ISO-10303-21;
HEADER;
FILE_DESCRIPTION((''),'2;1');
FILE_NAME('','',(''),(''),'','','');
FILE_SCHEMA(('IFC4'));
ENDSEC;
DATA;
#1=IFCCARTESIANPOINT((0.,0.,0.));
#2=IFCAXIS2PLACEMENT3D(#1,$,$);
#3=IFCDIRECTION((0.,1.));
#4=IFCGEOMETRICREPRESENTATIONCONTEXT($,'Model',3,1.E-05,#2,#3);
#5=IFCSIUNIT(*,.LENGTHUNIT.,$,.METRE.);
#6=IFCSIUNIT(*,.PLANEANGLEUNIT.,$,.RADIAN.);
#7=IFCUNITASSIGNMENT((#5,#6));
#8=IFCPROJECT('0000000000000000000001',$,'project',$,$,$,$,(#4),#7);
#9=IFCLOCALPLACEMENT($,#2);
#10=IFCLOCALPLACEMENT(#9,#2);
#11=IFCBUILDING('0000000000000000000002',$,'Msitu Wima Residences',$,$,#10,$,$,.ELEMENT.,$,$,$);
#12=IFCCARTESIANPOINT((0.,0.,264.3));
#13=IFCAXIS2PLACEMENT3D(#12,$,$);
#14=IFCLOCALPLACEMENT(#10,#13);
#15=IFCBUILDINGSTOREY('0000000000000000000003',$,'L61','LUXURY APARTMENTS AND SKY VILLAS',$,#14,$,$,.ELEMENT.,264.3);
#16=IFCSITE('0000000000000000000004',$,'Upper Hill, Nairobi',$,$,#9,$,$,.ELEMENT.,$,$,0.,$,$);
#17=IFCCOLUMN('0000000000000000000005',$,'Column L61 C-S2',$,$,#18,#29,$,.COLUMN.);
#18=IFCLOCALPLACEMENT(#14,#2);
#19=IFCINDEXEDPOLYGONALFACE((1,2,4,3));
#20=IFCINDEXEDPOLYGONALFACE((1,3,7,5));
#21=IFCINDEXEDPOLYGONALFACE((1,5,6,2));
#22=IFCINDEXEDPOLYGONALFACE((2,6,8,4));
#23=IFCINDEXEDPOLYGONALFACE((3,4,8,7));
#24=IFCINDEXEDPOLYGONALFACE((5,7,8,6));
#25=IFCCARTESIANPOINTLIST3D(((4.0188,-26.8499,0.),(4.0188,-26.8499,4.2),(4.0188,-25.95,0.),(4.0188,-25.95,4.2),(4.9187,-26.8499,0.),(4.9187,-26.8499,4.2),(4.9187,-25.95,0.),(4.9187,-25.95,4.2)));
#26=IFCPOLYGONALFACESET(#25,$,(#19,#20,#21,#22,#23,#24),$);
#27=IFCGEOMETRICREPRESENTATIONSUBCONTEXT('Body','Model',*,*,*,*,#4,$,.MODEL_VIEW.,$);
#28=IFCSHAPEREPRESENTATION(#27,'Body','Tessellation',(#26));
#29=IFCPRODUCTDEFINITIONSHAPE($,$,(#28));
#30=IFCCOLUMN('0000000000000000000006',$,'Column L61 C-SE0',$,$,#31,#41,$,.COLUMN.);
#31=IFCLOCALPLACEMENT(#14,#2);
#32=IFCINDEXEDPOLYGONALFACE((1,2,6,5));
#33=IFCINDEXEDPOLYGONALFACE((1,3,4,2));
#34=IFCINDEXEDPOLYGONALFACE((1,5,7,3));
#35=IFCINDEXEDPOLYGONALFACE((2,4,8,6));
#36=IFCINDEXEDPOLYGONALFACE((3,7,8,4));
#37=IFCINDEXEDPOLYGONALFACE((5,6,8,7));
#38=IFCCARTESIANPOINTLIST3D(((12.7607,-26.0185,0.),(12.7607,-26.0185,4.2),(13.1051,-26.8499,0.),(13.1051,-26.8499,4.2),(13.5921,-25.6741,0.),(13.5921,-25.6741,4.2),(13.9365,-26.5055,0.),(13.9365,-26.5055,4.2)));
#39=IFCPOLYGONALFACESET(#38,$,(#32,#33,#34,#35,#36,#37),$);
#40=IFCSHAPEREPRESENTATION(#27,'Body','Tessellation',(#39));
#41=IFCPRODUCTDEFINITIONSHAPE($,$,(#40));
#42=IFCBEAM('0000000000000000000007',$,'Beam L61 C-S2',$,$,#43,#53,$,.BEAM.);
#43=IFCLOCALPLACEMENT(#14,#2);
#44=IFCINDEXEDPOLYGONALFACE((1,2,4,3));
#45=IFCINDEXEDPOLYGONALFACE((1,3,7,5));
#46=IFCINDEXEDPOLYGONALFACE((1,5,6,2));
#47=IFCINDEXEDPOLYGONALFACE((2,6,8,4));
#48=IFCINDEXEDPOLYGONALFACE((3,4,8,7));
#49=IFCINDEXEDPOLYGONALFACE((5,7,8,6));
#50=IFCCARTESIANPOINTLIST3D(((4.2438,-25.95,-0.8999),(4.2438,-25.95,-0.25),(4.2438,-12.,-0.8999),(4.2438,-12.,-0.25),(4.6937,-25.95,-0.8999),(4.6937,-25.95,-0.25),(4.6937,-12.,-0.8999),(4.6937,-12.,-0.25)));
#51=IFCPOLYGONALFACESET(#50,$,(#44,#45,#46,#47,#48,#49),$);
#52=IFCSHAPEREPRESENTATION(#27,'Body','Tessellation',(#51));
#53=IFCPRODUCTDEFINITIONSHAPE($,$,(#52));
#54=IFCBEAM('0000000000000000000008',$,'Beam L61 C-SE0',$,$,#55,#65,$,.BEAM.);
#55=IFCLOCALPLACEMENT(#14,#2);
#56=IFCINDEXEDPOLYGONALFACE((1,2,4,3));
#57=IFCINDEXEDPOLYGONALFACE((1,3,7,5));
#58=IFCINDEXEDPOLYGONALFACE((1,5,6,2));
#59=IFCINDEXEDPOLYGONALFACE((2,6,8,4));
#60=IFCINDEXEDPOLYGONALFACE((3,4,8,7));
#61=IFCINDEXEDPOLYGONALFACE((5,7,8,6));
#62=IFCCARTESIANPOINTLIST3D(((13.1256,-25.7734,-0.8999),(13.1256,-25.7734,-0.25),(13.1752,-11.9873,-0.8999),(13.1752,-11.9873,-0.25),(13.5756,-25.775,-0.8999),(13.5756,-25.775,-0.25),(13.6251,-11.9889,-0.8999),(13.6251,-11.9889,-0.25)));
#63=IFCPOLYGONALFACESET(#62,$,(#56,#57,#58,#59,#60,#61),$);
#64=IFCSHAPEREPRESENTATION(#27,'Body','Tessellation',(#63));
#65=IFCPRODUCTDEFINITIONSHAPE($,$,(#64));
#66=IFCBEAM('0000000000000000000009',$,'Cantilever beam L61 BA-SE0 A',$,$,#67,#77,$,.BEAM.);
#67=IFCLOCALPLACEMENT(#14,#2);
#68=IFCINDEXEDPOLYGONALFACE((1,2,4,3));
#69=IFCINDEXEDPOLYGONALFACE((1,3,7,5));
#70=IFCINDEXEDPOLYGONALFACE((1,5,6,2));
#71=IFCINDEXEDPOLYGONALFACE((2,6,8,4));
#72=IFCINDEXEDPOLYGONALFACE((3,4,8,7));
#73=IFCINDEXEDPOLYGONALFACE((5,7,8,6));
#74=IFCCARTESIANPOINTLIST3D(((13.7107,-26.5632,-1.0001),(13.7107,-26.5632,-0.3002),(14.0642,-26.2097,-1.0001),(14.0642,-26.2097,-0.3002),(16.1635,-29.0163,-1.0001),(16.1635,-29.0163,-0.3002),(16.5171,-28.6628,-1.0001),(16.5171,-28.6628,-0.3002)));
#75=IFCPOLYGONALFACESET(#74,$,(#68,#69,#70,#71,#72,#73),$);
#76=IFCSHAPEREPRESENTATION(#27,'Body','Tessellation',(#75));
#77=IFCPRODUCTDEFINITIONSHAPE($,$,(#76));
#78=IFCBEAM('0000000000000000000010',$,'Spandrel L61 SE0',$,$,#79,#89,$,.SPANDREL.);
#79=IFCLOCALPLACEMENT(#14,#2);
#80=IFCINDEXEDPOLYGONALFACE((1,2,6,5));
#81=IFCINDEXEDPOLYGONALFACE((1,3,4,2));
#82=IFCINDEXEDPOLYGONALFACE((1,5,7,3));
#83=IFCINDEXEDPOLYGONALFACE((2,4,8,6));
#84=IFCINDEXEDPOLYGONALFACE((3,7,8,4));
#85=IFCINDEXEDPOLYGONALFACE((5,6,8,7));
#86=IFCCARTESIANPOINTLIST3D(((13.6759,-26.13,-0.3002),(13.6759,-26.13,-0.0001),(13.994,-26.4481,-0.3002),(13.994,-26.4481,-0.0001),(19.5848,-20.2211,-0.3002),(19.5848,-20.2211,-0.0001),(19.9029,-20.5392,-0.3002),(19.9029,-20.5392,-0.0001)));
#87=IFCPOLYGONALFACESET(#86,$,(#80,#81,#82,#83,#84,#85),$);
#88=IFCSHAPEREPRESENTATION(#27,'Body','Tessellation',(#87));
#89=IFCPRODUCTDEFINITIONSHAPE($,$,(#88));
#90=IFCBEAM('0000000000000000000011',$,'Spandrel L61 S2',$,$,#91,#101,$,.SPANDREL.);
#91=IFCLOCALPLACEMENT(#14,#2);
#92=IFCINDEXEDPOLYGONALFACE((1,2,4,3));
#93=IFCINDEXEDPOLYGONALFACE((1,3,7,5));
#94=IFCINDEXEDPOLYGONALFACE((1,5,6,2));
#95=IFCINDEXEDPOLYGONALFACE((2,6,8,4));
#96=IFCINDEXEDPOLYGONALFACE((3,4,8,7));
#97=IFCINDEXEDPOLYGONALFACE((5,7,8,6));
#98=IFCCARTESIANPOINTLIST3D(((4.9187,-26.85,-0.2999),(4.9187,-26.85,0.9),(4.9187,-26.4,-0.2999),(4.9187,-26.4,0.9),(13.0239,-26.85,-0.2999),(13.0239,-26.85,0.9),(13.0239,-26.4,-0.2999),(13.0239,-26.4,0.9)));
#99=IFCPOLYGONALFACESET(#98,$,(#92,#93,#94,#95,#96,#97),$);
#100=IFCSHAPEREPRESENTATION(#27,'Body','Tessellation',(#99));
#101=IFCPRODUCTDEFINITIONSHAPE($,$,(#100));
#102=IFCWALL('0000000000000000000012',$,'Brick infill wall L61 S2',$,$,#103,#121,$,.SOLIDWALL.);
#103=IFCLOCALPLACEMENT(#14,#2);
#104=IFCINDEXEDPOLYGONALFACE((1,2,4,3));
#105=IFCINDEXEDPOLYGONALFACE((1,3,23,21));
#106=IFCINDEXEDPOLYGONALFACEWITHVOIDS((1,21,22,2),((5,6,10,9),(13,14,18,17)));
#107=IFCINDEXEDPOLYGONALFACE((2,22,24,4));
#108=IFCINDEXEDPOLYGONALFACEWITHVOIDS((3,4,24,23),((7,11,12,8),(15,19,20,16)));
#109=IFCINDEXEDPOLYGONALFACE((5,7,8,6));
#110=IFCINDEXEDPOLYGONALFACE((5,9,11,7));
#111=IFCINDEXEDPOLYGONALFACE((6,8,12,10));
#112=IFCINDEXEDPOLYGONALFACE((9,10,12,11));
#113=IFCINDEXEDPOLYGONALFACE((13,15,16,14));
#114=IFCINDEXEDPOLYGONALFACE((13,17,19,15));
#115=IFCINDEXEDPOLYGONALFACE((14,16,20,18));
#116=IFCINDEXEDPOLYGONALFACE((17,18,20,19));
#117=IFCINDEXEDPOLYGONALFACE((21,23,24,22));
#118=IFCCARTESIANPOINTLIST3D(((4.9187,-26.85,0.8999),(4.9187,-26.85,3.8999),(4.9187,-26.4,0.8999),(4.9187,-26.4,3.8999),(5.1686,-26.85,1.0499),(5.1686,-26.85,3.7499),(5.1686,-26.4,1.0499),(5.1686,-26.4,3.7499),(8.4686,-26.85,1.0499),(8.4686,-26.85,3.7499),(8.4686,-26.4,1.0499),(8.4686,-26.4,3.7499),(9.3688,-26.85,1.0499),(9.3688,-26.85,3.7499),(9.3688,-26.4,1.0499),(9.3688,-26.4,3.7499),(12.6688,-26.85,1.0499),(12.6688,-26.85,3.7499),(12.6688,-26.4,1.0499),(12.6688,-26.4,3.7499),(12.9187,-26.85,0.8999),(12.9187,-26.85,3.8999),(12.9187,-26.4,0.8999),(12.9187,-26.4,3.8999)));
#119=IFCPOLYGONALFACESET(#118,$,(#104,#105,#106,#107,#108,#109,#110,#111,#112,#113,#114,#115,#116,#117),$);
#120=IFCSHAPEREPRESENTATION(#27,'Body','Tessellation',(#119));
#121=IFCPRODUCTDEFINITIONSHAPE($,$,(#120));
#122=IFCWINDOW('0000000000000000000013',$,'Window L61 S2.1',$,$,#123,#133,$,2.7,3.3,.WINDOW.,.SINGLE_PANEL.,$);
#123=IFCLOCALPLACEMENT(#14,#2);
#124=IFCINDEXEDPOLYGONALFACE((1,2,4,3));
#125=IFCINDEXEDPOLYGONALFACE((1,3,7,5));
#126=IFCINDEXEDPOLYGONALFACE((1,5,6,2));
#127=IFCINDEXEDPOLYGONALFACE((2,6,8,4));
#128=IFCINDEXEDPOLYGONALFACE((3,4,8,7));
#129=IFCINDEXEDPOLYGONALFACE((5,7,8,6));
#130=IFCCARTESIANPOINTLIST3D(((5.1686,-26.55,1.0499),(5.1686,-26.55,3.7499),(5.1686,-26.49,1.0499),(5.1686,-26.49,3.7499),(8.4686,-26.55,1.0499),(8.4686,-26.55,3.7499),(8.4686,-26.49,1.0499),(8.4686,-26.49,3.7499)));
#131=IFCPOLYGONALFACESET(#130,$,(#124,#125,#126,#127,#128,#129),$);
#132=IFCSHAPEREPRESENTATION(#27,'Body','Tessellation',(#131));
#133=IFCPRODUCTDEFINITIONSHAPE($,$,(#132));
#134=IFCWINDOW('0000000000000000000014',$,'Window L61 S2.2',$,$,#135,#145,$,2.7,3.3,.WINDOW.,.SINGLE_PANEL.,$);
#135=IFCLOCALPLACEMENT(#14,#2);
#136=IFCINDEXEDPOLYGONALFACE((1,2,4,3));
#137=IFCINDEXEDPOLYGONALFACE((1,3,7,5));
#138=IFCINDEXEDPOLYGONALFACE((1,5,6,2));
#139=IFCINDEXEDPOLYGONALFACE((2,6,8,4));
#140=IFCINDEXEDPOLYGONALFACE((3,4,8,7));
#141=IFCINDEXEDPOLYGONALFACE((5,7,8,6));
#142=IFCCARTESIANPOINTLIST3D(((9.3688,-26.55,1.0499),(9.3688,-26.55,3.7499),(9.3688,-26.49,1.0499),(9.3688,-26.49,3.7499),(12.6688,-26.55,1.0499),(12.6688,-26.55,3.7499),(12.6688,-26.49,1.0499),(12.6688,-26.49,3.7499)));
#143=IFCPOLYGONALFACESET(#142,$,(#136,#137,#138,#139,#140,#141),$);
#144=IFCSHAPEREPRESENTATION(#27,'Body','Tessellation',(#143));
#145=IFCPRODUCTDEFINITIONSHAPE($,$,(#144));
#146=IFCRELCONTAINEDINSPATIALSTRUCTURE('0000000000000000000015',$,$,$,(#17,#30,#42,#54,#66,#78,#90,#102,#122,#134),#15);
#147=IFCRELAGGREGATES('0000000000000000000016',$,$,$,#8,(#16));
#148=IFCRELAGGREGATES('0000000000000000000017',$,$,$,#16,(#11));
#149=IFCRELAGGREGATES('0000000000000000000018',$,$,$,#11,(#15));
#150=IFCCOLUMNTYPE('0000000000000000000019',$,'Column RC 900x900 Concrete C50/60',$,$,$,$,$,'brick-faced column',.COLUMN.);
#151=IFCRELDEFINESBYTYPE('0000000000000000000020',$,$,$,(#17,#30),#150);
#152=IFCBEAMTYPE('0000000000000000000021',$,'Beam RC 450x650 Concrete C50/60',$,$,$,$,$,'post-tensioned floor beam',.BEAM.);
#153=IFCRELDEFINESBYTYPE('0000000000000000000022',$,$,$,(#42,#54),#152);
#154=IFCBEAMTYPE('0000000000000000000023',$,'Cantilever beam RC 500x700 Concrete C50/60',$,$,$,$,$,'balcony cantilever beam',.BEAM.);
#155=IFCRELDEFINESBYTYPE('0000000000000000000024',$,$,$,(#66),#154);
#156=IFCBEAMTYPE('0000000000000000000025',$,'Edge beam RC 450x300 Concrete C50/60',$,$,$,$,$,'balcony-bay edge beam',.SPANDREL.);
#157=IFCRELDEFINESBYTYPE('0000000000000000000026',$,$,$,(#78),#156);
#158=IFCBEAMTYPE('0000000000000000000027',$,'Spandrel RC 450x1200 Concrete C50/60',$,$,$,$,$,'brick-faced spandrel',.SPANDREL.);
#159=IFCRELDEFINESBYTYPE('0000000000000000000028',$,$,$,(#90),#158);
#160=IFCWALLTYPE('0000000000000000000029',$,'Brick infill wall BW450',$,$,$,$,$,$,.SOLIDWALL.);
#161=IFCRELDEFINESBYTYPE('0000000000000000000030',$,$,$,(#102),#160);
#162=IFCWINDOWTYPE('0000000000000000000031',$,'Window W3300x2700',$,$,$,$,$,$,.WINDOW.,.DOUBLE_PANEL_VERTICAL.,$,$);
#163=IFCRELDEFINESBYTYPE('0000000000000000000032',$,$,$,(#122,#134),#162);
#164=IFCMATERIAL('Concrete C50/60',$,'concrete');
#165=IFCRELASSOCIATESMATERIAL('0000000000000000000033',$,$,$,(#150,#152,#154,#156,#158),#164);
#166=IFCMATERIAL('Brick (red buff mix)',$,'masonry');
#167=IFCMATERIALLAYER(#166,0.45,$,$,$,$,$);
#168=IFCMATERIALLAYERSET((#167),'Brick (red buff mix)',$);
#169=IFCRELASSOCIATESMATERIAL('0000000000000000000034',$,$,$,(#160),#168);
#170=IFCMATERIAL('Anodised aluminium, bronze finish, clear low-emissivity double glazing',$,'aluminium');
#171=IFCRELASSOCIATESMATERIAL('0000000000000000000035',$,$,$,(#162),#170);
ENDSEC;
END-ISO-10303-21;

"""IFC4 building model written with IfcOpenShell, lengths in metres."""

from ifc_helpers import new_model, si_unit, direction, frame, frame_2d, origin, origin_2d, place, context, subcontext, project, spatial, rectangle, extrude, material, layer, layer_set, material_profile, profile_set, type_object, element, fill, save


model = new_model("IFC4")

# Units and contexts
model_context = context("Model", 3, precision=1e-05, world=origin(), true_north=direction((0.0, 1.0)))
body_context = subcontext(model_context, "Body", "Model", "MODEL_VIEW")
ifc_project = project(units=[si_unit("LENGTHUNIT", "METRE"), si_unit("PLANEANGLEUNIT", "RADIAN")], contexts=[model_context])

# Site, building, storey
site_placement = place(None, origin())
site = spatial("IfcSite", under=ifc_project, at=site_placement, Name="Upper Hill, Nairobi", CompositionType="ELEMENT", RefElevation=0.0)
building_placement = place(site_placement, origin())
building = spatial("IfcBuilding", under=site, at=building_placement, Name="Msitu Wima Residences", CompositionType="ELEMENT")
storey_placement = place(building_placement, frame((0.0, 0.0, 264.3)))
storey = spatial("IfcBuildingStorey", under=building, at=storey_placement, Name="L61", Description="LUXURY APARTMENTS AND SKY VILLAS", CompositionType="ELEMENT", Elevation=264.3)

# Columns
ifc_material_1 = material(Name="Concrete C50/60", Category="concrete")
ifc_material_profile_1 = material_profile(ifc_material_1, rectangle(XDim=0.8999, YDim=0.8999, at=origin_2d()), Name="RC 900x900")
ifc_profile_set_1 = profile_set([ifc_material_profile_1], Name="Concrete C50/60")
column_type = type_object("IfcColumnType", Name="Column RC 900x900 Concrete C50/60", ElementType="brick-faced column", PredefinedType="COLUMN", material=ifc_profile_set_1)
for number, where, z_axis, x_axis, name in (
    (1, (4.4688, -26.3999, 0.0), (0.0, 0.0, 1.0), (1.0, 0.0, 0.0), "Column L61 C-S2"),
    (2, (13.3486, -26.262, 0.0), (0.0, 0.0, 1.0), (0.92388, 0.382683, 0.0), "Column L61 C-SE0"),
):
    element("IfcColumn", number, at=place(storey_placement, frame(where, z_axis=z_axis, x_axis=x_axis)), inside=storey, type_object=column_type, Name=name, PredefinedType="COLUMN", context=body_context, shape_type="SweptSolid", body=[
        extrude(rectangle(XDim=0.8999, YDim=0.8999, at=origin_2d()), origin(), (0.0, 0.0, 1.0), 4.2),
    ])

# Beams
ifc_material_profile_2 = material_profile(ifc_material_1, rectangle(XDim=0.45, YDim=0.6499, at=origin_2d()), Name="RC 450x650")
ifc_profile_set_2 = profile_set([ifc_material_profile_2], Name="Concrete C50/60")
beam_type_1 = type_object("IfcBeamType", Name="Beam RC 450x650 Concrete C50/60", ElementType="post-tensioned floor beam", PredefinedType="BEAM", material=ifc_profile_set_2)
beam_1_placement = place(storey_placement, frame((4.4688, -25.95, -0.575), z_axis=(0.0, 1.0, 0.0), x_axis=(-1.0, 0.0, 0.0)))
element("IfcBeam", 3, at=beam_1_placement, inside=storey, type_object=beam_type_1, Name="Beam L61 C-S2", PredefinedType="BEAM", context=body_context, shape_type="SweptSolid", body=[
    extrude(rectangle(XDim=0.45, YDim=0.6499, at=origin_2d()), origin(), (0.0, 0.0, 1.0), 13.95),
])
beam_2_placement = place(storey_placement, frame((13.3506, -25.7742, -0.575), z_axis=(0.003595, 0.999994, 0.0), x_axis=(-0.999994, 0.003595, 0.0)))
element("IfcBeam", 4, at=beam_2_placement, inside=storey, type_object=beam_type_1, Name="Beam L61 C-SE0", PredefinedType="BEAM", context=body_context, shape_type="SweptSolid", body=[
    extrude(rectangle(XDim=0.45, YDim=0.6499, at=origin_2d()), origin(), (0.0, 0.0, 1.0), 13.7861),
])
ifc_material_profile_3 = material_profile(ifc_material_1, rectangle(XDim=0.5, YDim=0.7, at=origin_2d()), Name="RC 500x700")
ifc_profile_set_3 = profile_set([ifc_material_profile_3], Name="Concrete C50/60")
beam_type_2 = type_object("IfcBeamType", Name="Cantilever beam RC 500x700 Concrete C50/60", ElementType="balcony cantilever beam", PredefinedType="BEAM", material=ifc_profile_set_3)
beam_3_placement = place(storey_placement, frame((13.8875, -26.3865, -0.6501), z_axis=(0.707072, -0.707142, 0.0), x_axis=(0.707142, 0.707072, 0.0)))
element("IfcBeam", 5, at=beam_3_placement, inside=storey, type_object=beam_type_2, Name="Cantilever beam L61 BA-SE0 A", PredefinedType="BEAM", context=body_context, shape_type="SweptSolid", body=[
    extrude(rectangle(XDim=0.5, YDim=0.7, at=origin_2d()), origin(), (0.0, 0.0, 1.0), 3.469),
])
ifc_material_profile_4 = material_profile(ifc_material_1, rectangle(XDim=0.45, YDim=0.3, at=origin_2d()), Name="RC 450x300")
ifc_profile_set_4 = profile_set([ifc_material_profile_4], Name="Concrete C50/60")
beam_type_3 = type_object("IfcBeamType", Name="Edge beam RC 450x300 Concrete C50/60", ElementType="balcony-bay edge beam", PredefinedType="SPANDREL", material=ifc_profile_set_4)
beam_4_placement = place(storey_placement, frame((13.835, -26.2891, -0.1501), z_axis=(0.707107, 0.707107, 0.0), x_axis=(-0.707107, 0.707107, 0.0)))
element("IfcBeam", 6, at=beam_4_placement, inside=storey, type_object=beam_type_3, Name="Spandrel L61 SE0", PredefinedType="SPANDREL", context=body_context, shape_type="SweptSolid", body=[
    extrude(rectangle(XDim=0.45, YDim=0.3, at=origin_2d()), origin(), (0.0, 0.0, 1.0), 8.3564),
])
ifc_material_profile_5 = material_profile(ifc_material_1, rectangle(XDim=0.45, YDim=1.2, at=origin_2d()), Name="RC 450x1200")
ifc_profile_set_5 = profile_set([ifc_material_profile_5], Name="Concrete C50/60")
beam_type_4 = type_object("IfcBeamType", Name="Spandrel RC 450x1200 Concrete C50/60", ElementType="brick-faced spandrel", PredefinedType="SPANDREL", material=ifc_profile_set_5)
beam_5_placement = place(storey_placement, frame((4.9187, -26.625, 0.3), z_axis=(1.0, 0.0, 0.0), x_axis=(0.0, 1.0, 0.0)))
element("IfcBeam", 7, at=beam_5_placement, inside=storey, type_object=beam_type_4, Name="Spandrel L61 S2", PredefinedType="SPANDREL", context=body_context, shape_type="SweptSolid", body=[
    extrude(rectangle(XDim=0.45, YDim=1.2, at=origin_2d()), origin(), (0.0, 0.0, 1.0), 8.1052),
])

# Wall, openings, windows
ifc_material_2 = material(Name="Brick (red buff mix)", Category="masonry")
ifc_layer_1 = layer(ifc_material_2, 0.45)
ifc_layer_set_1 = layer_set([ifc_layer_1], Name="Brick (red buff mix)")
wall_type_1 = type_object("IfcWallType", Name="Brick infill wall BW450", PredefinedType="SOLIDWALL", material=ifc_layer_set_1)
wall_1_placement = place(storey_placement, frame((4.9187, -26.625, 0.8999), z_axis=(0.0, 0.0, 1.0), x_axis=(1.0, 0.0, 0.0)))
wall_1 = element("IfcWall", 8, at=wall_1_placement, inside=storey, type_object=wall_type_1, Name="Brick infill wall L61 S2", PredefinedType="SOLIDWALL", context=body_context, shape_type="SweptSolid", body=[
    extrude(rectangle(XDim=8.0, YDim=0.45, at=frame_2d((4.0, 0.0))), origin(), (0.0, 0.0, 1.0), 3.0),
])
opening_1_placement = place(wall_1_placement, frame((0.25, 0.0, 0.1499)))
opening_1 = element("IfcOpeningElement", 9, at=opening_1_placement, cuts=wall_1, PredefinedType="OPENING", context=body_context, shape_type="SweptSolid", body=[
    extrude(rectangle(XDim=3.3, YDim=2.7, at=frame_2d((1.6499, 1.3501))), frame((0.0, 0.2349, 0.0), z_axis=(0.0, -1.0, 0.0), x_axis=(1.0, 0.0, 0.0)), (0.0, 0.0, 1.0), 0.47),
])
opening_2_placement = place(wall_1_placement, frame((4.4502, 0.0, 0.1499)))
opening_2 = element("IfcOpeningElement", 10, at=opening_2_placement, cuts=wall_1, PredefinedType="OPENING", context=body_context, shape_type="SweptSolid", body=[
    extrude(rectangle(XDim=3.3, YDim=2.7, at=frame_2d((1.6499, 1.3501))), frame((0.0, 0.2349, 0.0), z_axis=(0.0, -1.0, 0.0), x_axis=(1.0, 0.0, 0.0)), (0.0, 0.0, 1.0), 0.47),
])
ifc_material_3 = material(Name="Anodised aluminium, bronze finish, clear low-emissivity double glazing", Category="aluminium")
window_type = type_object("IfcWindowType", Name="Window W3300x2700", PartitioningType="DOUBLE_PANEL_VERTICAL", PredefinedType="WINDOW", material=ifc_material_3)
window_1_placement = place(opening_1_placement, origin())
window_1 = element("IfcWindow", 11, at=window_1_placement, inside=storey, type_object=window_type, Name="Window L61 S2.1", OverallHeight=2.7, OverallWidth=3.3, PartitioningType="SINGLE_PANEL", PredefinedType="WINDOW", context=body_context, shape_type="SweptSolid", body=[
    extrude(rectangle(XDim=3.3, YDim=2.7, at=frame_2d((1.6499, 1.3501))), frame((0.0, 0.135, 0.0), z_axis=(0.0, -1.0, 0.0), x_axis=(1.0, 0.0, 0.0)), (0.0, 0.0, 1.0), 0.0601),
])
fill(opening_1, window_1)
window_2_placement = place(opening_2_placement, origin())
window_2 = element("IfcWindow", 12, at=window_2_placement, inside=storey, type_object=window_type, Name="Window L61 S2.2", OverallHeight=2.7, OverallWidth=3.3, PartitioningType="SINGLE_PANEL", PredefinedType="WINDOW", context=body_context, shape_type="SweptSolid", body=[
    extrude(rectangle(XDim=3.3, YDim=2.7, at=frame_2d((1.6499, 1.3501))), frame((0.0, 0.135, 0.0), z_axis=(0.0, -1.0, 0.0), x_axis=(1.0, 0.0, 0.0)), (0.0, 0.0, 1.0), 0.0601),
])
fill(opening_2, window_2)

save(model, "model.ifc")
